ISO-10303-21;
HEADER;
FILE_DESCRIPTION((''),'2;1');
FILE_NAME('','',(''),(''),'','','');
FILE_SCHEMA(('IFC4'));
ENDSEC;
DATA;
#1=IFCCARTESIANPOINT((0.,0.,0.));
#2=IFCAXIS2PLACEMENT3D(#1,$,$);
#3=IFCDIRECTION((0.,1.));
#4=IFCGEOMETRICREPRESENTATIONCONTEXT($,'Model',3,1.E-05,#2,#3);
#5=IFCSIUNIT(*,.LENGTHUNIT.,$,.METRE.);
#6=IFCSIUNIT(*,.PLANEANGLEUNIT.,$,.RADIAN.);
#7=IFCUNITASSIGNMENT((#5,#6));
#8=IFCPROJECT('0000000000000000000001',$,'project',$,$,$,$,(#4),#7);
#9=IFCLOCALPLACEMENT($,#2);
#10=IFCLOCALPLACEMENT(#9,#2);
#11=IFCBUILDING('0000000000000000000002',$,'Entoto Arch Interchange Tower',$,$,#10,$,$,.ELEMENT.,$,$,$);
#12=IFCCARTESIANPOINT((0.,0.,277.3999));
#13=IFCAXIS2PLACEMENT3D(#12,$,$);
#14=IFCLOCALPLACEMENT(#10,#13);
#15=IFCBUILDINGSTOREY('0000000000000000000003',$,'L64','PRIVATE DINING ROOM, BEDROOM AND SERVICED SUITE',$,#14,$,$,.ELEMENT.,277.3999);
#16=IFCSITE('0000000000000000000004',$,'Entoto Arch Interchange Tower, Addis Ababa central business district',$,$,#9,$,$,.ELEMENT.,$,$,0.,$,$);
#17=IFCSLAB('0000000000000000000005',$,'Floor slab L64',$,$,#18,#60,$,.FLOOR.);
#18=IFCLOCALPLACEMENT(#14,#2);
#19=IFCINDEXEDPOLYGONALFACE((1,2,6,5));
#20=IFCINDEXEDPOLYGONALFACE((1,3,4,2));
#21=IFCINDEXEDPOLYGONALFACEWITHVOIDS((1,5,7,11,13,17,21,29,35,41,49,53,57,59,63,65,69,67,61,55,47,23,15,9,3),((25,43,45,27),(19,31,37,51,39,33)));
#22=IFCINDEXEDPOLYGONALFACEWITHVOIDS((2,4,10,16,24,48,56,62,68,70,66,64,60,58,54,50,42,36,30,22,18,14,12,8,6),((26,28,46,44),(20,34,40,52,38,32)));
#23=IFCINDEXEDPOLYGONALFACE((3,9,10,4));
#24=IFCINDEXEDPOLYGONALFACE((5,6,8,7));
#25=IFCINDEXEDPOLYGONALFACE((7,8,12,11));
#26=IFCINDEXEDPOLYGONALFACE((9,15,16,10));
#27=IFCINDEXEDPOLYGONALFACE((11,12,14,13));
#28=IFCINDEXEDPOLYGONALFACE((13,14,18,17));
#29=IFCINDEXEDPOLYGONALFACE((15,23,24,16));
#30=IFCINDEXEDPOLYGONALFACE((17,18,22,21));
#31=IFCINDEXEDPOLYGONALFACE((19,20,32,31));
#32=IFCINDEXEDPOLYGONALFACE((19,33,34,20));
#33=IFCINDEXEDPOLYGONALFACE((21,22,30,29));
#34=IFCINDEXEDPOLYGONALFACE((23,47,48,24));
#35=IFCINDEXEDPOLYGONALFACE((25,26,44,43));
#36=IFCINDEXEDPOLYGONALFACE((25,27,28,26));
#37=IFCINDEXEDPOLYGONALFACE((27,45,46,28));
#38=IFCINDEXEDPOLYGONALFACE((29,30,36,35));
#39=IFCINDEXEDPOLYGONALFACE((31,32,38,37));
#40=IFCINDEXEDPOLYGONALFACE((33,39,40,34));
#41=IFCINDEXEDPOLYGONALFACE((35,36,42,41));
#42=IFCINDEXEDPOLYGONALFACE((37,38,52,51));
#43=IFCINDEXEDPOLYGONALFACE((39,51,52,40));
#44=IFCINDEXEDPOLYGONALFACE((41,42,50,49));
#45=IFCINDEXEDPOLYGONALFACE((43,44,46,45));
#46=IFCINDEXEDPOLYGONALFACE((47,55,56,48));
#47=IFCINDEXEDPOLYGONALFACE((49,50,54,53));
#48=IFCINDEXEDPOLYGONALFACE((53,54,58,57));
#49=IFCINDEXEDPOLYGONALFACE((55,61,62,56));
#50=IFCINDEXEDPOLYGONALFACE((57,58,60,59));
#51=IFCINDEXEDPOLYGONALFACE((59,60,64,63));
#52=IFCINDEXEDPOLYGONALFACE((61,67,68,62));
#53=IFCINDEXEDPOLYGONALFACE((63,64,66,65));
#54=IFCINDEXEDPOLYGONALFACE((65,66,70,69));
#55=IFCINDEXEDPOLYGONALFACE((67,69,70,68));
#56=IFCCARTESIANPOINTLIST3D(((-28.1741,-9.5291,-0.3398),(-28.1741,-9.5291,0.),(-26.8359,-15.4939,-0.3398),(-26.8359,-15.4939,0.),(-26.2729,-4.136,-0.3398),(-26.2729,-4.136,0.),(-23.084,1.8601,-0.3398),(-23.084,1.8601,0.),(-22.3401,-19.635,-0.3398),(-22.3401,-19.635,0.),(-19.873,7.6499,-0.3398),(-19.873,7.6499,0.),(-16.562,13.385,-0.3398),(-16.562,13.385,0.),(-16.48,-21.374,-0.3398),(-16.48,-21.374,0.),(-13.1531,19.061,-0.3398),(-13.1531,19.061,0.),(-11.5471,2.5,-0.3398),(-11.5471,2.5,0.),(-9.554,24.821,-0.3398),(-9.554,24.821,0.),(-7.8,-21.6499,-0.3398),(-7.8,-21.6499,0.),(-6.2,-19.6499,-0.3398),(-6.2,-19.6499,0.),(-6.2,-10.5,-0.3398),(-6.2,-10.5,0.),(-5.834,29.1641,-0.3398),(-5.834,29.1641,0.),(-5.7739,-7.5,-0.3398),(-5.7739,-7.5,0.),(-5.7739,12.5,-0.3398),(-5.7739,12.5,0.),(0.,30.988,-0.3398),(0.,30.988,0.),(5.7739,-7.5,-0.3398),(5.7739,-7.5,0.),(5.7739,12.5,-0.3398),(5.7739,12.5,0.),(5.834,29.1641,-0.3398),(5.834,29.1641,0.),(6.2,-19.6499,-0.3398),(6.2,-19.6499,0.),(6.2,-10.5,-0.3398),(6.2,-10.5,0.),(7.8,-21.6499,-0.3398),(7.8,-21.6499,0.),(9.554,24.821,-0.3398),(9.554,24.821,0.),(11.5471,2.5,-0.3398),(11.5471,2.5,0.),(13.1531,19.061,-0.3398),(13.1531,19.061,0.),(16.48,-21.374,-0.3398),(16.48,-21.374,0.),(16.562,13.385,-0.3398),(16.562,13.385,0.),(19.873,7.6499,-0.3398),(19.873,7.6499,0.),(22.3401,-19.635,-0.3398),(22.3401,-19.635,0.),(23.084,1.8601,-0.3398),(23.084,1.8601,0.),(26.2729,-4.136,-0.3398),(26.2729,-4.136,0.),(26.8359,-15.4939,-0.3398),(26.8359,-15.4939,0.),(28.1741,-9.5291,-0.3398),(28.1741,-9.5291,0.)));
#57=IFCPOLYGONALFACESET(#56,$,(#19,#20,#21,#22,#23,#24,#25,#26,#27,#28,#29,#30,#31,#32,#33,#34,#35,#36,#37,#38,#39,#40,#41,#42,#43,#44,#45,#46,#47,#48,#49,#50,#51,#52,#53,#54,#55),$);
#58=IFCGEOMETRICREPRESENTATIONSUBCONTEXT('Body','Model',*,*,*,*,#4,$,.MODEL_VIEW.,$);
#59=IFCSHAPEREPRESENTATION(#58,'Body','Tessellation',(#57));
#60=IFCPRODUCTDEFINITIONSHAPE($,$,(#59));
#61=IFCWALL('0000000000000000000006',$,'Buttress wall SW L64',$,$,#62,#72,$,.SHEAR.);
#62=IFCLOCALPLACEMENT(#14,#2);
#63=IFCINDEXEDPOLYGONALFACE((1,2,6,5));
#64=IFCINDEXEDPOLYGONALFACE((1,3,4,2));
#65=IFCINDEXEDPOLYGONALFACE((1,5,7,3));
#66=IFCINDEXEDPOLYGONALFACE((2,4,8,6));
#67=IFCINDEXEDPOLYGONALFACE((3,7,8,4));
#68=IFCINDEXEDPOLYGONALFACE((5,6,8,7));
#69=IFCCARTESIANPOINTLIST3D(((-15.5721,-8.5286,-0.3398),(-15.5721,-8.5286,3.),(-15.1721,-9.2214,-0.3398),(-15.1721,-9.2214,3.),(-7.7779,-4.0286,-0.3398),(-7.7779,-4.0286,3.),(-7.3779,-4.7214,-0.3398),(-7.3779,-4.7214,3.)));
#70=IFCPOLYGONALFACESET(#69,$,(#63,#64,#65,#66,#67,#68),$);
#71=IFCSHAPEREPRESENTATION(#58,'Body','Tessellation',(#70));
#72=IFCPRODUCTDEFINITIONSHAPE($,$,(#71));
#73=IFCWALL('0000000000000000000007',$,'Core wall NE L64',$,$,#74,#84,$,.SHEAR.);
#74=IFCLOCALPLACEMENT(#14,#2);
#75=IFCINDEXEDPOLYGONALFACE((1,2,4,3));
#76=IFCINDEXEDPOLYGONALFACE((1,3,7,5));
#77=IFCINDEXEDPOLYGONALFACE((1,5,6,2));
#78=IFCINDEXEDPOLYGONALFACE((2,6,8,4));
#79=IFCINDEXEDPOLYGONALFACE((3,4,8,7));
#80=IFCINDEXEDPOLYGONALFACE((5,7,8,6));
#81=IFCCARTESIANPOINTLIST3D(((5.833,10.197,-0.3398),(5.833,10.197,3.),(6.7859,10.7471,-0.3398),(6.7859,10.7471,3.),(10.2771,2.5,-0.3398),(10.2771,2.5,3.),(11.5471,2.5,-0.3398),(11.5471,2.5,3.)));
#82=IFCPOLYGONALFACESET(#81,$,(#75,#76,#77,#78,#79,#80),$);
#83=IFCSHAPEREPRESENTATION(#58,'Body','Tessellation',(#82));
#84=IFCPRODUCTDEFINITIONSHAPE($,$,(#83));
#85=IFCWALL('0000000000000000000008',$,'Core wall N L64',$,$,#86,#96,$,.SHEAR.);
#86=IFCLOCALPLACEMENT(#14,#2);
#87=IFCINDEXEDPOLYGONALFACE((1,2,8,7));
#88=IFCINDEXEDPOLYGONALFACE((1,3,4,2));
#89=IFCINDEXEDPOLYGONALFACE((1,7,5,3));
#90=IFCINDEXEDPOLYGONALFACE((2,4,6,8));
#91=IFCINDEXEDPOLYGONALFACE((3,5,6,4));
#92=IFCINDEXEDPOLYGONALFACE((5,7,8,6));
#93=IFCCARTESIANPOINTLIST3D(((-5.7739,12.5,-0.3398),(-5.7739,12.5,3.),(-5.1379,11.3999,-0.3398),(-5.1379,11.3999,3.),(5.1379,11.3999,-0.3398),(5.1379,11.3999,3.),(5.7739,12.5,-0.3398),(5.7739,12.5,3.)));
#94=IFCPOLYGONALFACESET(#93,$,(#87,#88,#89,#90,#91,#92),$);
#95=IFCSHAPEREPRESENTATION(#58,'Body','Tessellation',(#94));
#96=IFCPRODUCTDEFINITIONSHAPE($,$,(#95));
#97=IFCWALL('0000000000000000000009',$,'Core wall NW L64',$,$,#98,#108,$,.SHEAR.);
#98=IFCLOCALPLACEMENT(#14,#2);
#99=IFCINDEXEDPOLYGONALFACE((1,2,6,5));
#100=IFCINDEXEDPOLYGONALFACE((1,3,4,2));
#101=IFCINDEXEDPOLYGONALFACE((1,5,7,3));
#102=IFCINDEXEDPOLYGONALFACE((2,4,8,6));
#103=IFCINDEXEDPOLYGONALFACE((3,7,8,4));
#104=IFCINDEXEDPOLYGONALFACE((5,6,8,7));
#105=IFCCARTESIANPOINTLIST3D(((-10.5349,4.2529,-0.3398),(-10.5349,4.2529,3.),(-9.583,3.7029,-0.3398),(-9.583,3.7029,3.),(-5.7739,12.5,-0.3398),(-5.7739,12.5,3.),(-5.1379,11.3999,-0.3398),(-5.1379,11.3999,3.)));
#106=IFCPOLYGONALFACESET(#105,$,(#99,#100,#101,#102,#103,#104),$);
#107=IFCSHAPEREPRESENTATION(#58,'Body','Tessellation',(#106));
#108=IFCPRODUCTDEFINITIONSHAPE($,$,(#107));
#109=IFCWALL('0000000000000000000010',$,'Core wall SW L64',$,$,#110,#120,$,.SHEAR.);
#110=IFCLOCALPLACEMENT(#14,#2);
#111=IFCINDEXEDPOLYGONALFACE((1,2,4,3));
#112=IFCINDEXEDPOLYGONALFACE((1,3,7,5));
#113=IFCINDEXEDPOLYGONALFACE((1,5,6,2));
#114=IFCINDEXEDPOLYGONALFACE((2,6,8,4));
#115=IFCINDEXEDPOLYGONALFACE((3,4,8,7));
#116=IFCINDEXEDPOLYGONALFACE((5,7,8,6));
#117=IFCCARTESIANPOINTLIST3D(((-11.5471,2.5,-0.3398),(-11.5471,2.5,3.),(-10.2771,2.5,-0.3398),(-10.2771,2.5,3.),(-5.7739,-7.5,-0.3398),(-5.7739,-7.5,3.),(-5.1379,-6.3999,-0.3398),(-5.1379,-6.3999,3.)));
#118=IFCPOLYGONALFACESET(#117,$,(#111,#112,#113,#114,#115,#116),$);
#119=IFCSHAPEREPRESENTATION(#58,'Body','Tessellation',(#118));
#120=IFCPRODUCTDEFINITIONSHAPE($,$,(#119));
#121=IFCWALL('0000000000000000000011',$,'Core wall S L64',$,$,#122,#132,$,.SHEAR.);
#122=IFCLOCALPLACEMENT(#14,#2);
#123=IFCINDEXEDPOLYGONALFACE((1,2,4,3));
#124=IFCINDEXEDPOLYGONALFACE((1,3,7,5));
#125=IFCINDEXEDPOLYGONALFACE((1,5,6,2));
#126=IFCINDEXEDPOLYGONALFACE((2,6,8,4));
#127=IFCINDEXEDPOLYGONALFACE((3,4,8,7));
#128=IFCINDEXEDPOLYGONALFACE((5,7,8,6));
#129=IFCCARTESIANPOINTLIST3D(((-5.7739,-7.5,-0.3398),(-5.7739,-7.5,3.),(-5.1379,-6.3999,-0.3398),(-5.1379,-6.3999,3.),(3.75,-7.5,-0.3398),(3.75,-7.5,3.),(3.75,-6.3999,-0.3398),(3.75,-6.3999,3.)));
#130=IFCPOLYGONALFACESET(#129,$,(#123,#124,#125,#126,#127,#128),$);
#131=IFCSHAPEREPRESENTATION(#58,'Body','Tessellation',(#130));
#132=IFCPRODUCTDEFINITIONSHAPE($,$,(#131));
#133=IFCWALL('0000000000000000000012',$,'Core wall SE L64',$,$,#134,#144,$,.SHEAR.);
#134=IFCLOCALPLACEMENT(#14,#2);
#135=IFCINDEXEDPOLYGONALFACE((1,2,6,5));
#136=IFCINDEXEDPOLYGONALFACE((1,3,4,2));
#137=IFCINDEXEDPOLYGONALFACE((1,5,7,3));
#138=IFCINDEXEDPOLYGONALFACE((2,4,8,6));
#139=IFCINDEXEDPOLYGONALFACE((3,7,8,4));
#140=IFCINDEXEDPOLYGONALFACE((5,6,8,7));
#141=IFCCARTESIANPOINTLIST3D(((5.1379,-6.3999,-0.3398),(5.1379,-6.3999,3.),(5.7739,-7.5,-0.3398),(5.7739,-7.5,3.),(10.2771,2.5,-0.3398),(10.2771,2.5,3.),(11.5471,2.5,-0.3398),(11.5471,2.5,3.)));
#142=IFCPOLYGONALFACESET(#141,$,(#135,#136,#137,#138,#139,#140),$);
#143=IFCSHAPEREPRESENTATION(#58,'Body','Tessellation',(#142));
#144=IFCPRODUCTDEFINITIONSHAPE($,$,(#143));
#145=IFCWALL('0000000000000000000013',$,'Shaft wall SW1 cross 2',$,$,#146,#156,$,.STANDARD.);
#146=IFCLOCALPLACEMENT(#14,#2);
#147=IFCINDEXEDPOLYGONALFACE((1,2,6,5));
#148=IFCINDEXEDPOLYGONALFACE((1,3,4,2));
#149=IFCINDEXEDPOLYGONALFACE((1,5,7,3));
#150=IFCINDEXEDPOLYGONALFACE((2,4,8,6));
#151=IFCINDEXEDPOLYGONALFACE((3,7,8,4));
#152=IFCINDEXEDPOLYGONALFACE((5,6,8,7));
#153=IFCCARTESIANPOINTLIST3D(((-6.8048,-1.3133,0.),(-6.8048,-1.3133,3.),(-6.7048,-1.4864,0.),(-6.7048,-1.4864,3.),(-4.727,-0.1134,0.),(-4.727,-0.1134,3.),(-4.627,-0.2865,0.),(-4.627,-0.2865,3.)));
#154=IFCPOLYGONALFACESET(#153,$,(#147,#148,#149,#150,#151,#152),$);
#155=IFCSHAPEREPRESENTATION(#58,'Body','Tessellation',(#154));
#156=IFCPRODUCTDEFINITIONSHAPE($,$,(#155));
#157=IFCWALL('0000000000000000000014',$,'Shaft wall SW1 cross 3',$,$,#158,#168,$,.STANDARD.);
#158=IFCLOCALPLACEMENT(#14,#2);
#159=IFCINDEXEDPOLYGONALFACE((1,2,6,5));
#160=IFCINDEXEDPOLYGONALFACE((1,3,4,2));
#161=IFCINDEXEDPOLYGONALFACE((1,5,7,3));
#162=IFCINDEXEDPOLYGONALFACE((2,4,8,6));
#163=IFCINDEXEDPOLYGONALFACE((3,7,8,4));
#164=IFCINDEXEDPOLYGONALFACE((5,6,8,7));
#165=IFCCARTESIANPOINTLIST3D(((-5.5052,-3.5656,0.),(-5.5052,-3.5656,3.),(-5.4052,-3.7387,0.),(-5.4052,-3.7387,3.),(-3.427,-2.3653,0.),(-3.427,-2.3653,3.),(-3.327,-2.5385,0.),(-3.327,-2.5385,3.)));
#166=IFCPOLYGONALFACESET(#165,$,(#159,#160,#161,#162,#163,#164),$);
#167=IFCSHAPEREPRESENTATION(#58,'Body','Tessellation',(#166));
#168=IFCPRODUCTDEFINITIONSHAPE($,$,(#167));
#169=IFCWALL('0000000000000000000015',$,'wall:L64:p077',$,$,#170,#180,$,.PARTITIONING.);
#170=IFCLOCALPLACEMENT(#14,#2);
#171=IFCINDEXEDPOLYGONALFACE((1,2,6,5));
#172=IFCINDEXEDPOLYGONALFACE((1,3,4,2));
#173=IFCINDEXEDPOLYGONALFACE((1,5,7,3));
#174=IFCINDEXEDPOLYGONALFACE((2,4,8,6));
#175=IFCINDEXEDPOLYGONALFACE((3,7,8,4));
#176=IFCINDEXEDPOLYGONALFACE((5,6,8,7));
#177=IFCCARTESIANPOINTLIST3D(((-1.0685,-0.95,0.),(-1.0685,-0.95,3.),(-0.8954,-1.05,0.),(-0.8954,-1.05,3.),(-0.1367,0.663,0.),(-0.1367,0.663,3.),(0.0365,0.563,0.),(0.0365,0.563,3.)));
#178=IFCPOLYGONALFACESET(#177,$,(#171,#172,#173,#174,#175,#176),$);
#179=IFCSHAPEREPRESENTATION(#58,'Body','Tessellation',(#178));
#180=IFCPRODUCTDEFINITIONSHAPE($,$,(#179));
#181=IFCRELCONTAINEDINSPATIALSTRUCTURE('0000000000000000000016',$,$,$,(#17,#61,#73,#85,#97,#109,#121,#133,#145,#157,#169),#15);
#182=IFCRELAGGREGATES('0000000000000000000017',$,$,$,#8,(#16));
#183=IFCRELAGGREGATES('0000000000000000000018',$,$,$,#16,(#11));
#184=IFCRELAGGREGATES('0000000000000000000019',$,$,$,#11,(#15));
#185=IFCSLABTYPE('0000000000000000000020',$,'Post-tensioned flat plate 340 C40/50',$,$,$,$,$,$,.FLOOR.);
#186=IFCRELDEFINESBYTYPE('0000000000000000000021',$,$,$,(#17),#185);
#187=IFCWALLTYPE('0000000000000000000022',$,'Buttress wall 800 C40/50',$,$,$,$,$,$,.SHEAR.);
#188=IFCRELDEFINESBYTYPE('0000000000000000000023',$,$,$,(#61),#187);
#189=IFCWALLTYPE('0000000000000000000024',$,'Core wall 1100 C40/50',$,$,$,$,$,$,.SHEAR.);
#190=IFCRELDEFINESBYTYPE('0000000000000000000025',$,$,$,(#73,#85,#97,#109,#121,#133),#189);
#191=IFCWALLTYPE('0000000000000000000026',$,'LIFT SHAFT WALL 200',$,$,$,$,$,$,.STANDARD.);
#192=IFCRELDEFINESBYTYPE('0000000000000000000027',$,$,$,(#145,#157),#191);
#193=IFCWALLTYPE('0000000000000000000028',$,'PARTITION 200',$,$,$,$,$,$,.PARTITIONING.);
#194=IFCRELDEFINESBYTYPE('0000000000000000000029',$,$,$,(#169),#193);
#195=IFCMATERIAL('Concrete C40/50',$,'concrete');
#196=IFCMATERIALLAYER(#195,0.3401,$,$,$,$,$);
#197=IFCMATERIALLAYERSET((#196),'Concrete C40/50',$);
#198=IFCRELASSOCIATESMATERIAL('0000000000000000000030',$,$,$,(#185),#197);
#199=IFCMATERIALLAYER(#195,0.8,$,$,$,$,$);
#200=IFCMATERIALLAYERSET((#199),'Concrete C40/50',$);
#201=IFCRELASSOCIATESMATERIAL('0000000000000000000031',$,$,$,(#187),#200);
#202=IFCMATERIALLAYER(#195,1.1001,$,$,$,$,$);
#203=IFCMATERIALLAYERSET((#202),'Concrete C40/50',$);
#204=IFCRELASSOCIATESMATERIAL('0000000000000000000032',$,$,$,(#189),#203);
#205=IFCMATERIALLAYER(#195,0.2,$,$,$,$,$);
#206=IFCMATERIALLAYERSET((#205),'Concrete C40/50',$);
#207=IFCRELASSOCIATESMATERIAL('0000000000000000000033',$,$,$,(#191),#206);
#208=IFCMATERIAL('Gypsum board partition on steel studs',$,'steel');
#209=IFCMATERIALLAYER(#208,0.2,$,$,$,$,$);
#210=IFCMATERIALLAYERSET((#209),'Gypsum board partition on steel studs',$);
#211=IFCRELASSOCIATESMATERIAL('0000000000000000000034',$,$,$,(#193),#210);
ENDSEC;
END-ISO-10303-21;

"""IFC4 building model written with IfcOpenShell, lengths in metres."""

from ifc_helpers import new_model, si_unit, direction, frame, frame_2d, origin, place, context, subcontext, project, spatial, polyline, rectangle, outline, extrude, material, layer, layer_set, type_object, element, save


model = new_model("IFC4")

# Units and contexts
model_context = context("Model", 3, precision=1e-05, world=origin(), true_north=direction((0.0, 1.0)))
body_context = subcontext(model_context, "Body", "Model", "MODEL_VIEW")
ifc_project = project(units=[si_unit("LENGTHUNIT", "METRE"), si_unit("PLANEANGLEUNIT", "RADIAN")], contexts=[model_context])

# Site, building, storey
site_placement = place(None, origin())
site = spatial("IfcSite", under=ifc_project, at=site_placement, Name="Entoto Arch Interchange Tower, Addis Ababa central business district", CompositionType="ELEMENT", RefElevation=0.0)
building_placement = place(site_placement, origin())
building = spatial("IfcBuilding", under=site, at=building_placement, Name="Entoto Arch Interchange Tower", CompositionType="ELEMENT")
storey_placement = place(building_placement, frame((0.0, 0.0, 277.3999)))
storey = spatial("IfcBuildingStorey", under=building, at=storey_placement, Name="L64", Description="PRIVATE DINING ROOM, BEDROOM AND SERVICED SUITE", CompositionType="ELEMENT", Elevation=277.3999)

# Slab
ifc_material_1 = material(Name="Concrete C40/50", Category="concrete")
ifc_layer_1 = layer(ifc_material_1, 0.3401)
ifc_layer_set_1 = layer_set([ifc_layer_1], Name="Concrete C40/50")
slab_type = type_object("IfcSlabType", Name="Post-tensioned flat plate 340 C40/50", PredefinedType="FLOOR", material=ifc_layer_set_1)
slab_placement = place(storey_placement, frame((0.0, 0.0, -0.3398)))
element("IfcSlab", 1, at=slab_placement, inside=storey, type_object=slab_type, Name="Floor slab L64", PredefinedType="FLOOR", context=body_context, shape_type="SweptSolid", body=[
    extrude(outline(polyline([(-16.48, -21.374), (-7.8, -21.6499), (7.8, -21.6499), (16.48, -21.374), (22.3401, -19.635), (26.8359, -15.4939), (28.1741, -9.5291), (26.2729, -4.136), (23.084, 1.8601), (19.873, 7.6499), (16.562, 13.385), (13.1531, 19.061), (9.554, 24.821), (5.834, 29.1641), (0.0, 30.988), (-5.834, 29.1641), (-9.554, 24.821), (-13.1531, 19.061), (-16.562, 13.385), (-19.873, 7.6499), (-23.084, 1.8601), (-26.2729, -4.136), (-28.1741, -9.5291), (-26.8359, -15.4939), (-22.3401, -19.635), (-16.48, -21.374)]), holes=[polyline([(6.2, -19.6499), (6.2, -10.5), (-6.2, -10.5), (-6.2, -19.6499), (6.2, -19.6499)]), polyline([(11.5471, 2.5), (5.7739, 12.5), (-5.7739, 12.5), (-11.5471, 2.5), (-5.7739, -7.5), (5.7739, -7.5), (11.5471, 2.5)])]), origin(), (0.0, 0.0, 1.0), 0.3398),
])

# Walls
ifc_layer_2 = layer(ifc_material_1, 0.8)
ifc_layer_set_2 = layer_set([ifc_layer_2], Name="Concrete C40/50")
wall_type_1 = type_object("IfcWallType", Name="Buttress wall 800 C40/50", PredefinedType="SHEAR", material=ifc_layer_set_2)
wall_1_placement = place(storey_placement, frame((-7.5779, -4.375, -0.3398), z_axis=(0.0, 0.0, 1.0), x_axis=(-0.866024, -0.500002, 0.0)))
element("IfcWall", 2, at=wall_1_placement, inside=storey, type_object=wall_type_1, Name="Buttress wall SW L64", PredefinedType="SHEAR", context=body_context, shape_type="SweptSolid", body=[
    extrude(rectangle(XDim=9.0, YDim=0.8, at=frame_2d((4.5, 0.0))), origin(), (0.0, 0.0, 1.0), 3.3398),
])
ifc_layer_3 = layer(ifc_material_1, 1.1001)
ifc_layer_set_3 = layer_set([ifc_layer_3], Name="Concrete C40/50")
wall_type_2 = type_object("IfcWallType", Name="Core wall 1100 C40/50", PredefinedType="SHEAR", material=ifc_layer_set_3)
wall_2_placement = place(storey_placement, frame((0.0, 0.0, -0.3398)))
element("IfcWall", 3, at=wall_2_placement, inside=storey, type_object=wall_type_2, Name="Core wall NE L64", PredefinedType="SHEAR", context=body_context, shape_type="SweptSolid", body=[
    extrude(outline(polyline([(6.7859, 10.7471), (5.833, 10.197), (10.2771, 2.5), (11.5471, 2.5), (6.7859, 10.7471)])), origin(), (0.0, 0.0, 1.0), 3.3398),
])
wall_3_placement = place(storey_placement, frame((0.0, 0.0, -0.3398)))
element("IfcWall", 4, at=wall_3_placement, inside=storey, type_object=wall_type_2, Name="Core wall N L64", PredefinedType="SHEAR", context=body_context, shape_type="SweptSolid", body=[
    extrude(outline(polyline([(5.7739, 12.5), (-5.7739, 12.5), (-5.1379, 11.3999), (5.1379, 11.3999), (5.7739, 12.5)])), origin(), (0.0, 0.0, 1.0), 3.3398),
])
wall_4_placement = place(storey_placement, frame((0.0, 0.0, -0.3398)))
element("IfcWall", 5, at=wall_4_placement, inside=storey, type_object=wall_type_2, Name="Core wall NW L64", PredefinedType="SHEAR", context=body_context, shape_type="SweptSolid", body=[
    extrude(outline(polyline([(-10.5349, 4.2529), (-9.583, 3.7029), (-5.1379, 11.3999), (-5.7739, 12.5), (-10.5349, 4.2529)])), origin(), (0.0, 0.0, 1.0), 3.3398),
])
wall_5_placement = place(storey_placement, frame((0.0, 0.0, -0.3398)))
element("IfcWall", 6, at=wall_5_placement, inside=storey, type_object=wall_type_2, Name="Core wall SW L64", PredefinedType="SHEAR", context=body_context, shape_type="SweptSolid", body=[
    extrude(outline(polyline([(-11.5471, 2.5), (-5.7739, -7.5), (-5.1379, -6.3999), (-10.2771, 2.5), (-11.5471, 2.5)])), origin(), (0.0, 0.0, 1.0), 3.3398),
])
wall_6_placement = place(storey_placement, frame((0.0, 0.0, -0.3398)))
element("IfcWall", 7, at=wall_6_placement, inside=storey, type_object=wall_type_2, Name="Core wall S L64", PredefinedType="SHEAR", context=body_context, shape_type="SweptSolid", body=[
    extrude(outline(polyline([(3.75, -7.5), (3.75, -6.3999), (-5.1379, -6.3999), (-5.7739, -7.5), (3.75, -7.5)])), origin(), (0.0, 0.0, 1.0), 3.3398),
])
wall_7_placement = place(storey_placement, frame((0.0, 0.0, -0.3398)))
element("IfcWall", 8, at=wall_7_placement, inside=storey, type_object=wall_type_2, Name="Core wall SE L64", PredefinedType="SHEAR", context=body_context, shape_type="SweptSolid", body=[
    extrude(outline(polyline([(5.7739, -7.5), (11.5471, 2.5), (10.2771, 2.5), (5.1379, -6.3999), (5.7739, -7.5)])), origin(), (0.0, 0.0, 1.0), 3.3398),
])
ifc_layer_4 = layer(ifc_material_1, 0.2)
ifc_layer_set_4 = layer_set([ifc_layer_4], Name="Concrete C40/50")
wall_type_3 = type_object("IfcWallType", Name="LIFT SHAFT WALL 200", PredefinedType="STANDARD", material=ifc_layer_set_4)
wall_8_placement = place(storey_placement, frame((-4.677, -0.2, 0.0), z_axis=(0.0, 0.0, 1.0), x_axis=(-0.865974, -0.500089, 0.0)))
element("IfcWall", 9, at=wall_8_placement, inside=storey, type_object=wall_type_3, Name="Shaft wall SW1 cross 2", PredefinedType="STANDARD", context=body_context, shape_type="SweptSolid", body=[
    extrude(rectangle(XDim=2.3994, YDim=0.2, at=frame_2d((1.1997, 0.0))), origin(), (0.0, 0.0, 1.0), 3.0),
])
wall_9_placement = place(storey_placement, frame((-3.377, -2.4519, 0.0), z_axis=(0.0, 0.0, 1.0), x_axis=(-0.865955, -0.500122, 0.0)))
element("IfcWall", 10, at=wall_9_placement, inside=storey, type_object=wall_type_3, Name="Shaft wall SW1 cross 3", PredefinedType="STANDARD", context=body_context, shape_type="SweptSolid", body=[
    extrude(rectangle(XDim=2.3999, YDim=0.2, at=frame_2d((1.2, 0.0))), origin(), (0.0, 0.0, 1.0), 3.0),
])
ifc_material_2 = material(Name="Gypsum board partition on steel studs", Category="steel")
ifc_layer_5 = layer(ifc_material_2, 0.2)
ifc_layer_set_5 = layer_set([ifc_layer_5], Name="Gypsum board partition on steel studs")
wall_type_4 = type_object("IfcWallType", Name="PARTITION 200", PredefinedType="PARTITIONING", material=ifc_layer_set_5)
wall_10_placement = place(storey_placement, frame((-0.9819, -1.0, 0.0), z_axis=(0.0, 0.0, 1.0), x_axis=(0.50024, 0.865887, 0.0)))
element("IfcWall", 11, at=wall_10_placement, inside=storey, type_object=wall_type_4, Name="wall:L64:p077", PredefinedType="PARTITIONING", context=body_context, shape_type="SweptSolid", body=[
    extrude(rectangle(XDim=1.8628, YDim=0.2, at=frame_2d((0.9314, 0.0))), origin(), (0.0, 0.0, 1.0), 3.0),
])

save(model, "model.ifc")
